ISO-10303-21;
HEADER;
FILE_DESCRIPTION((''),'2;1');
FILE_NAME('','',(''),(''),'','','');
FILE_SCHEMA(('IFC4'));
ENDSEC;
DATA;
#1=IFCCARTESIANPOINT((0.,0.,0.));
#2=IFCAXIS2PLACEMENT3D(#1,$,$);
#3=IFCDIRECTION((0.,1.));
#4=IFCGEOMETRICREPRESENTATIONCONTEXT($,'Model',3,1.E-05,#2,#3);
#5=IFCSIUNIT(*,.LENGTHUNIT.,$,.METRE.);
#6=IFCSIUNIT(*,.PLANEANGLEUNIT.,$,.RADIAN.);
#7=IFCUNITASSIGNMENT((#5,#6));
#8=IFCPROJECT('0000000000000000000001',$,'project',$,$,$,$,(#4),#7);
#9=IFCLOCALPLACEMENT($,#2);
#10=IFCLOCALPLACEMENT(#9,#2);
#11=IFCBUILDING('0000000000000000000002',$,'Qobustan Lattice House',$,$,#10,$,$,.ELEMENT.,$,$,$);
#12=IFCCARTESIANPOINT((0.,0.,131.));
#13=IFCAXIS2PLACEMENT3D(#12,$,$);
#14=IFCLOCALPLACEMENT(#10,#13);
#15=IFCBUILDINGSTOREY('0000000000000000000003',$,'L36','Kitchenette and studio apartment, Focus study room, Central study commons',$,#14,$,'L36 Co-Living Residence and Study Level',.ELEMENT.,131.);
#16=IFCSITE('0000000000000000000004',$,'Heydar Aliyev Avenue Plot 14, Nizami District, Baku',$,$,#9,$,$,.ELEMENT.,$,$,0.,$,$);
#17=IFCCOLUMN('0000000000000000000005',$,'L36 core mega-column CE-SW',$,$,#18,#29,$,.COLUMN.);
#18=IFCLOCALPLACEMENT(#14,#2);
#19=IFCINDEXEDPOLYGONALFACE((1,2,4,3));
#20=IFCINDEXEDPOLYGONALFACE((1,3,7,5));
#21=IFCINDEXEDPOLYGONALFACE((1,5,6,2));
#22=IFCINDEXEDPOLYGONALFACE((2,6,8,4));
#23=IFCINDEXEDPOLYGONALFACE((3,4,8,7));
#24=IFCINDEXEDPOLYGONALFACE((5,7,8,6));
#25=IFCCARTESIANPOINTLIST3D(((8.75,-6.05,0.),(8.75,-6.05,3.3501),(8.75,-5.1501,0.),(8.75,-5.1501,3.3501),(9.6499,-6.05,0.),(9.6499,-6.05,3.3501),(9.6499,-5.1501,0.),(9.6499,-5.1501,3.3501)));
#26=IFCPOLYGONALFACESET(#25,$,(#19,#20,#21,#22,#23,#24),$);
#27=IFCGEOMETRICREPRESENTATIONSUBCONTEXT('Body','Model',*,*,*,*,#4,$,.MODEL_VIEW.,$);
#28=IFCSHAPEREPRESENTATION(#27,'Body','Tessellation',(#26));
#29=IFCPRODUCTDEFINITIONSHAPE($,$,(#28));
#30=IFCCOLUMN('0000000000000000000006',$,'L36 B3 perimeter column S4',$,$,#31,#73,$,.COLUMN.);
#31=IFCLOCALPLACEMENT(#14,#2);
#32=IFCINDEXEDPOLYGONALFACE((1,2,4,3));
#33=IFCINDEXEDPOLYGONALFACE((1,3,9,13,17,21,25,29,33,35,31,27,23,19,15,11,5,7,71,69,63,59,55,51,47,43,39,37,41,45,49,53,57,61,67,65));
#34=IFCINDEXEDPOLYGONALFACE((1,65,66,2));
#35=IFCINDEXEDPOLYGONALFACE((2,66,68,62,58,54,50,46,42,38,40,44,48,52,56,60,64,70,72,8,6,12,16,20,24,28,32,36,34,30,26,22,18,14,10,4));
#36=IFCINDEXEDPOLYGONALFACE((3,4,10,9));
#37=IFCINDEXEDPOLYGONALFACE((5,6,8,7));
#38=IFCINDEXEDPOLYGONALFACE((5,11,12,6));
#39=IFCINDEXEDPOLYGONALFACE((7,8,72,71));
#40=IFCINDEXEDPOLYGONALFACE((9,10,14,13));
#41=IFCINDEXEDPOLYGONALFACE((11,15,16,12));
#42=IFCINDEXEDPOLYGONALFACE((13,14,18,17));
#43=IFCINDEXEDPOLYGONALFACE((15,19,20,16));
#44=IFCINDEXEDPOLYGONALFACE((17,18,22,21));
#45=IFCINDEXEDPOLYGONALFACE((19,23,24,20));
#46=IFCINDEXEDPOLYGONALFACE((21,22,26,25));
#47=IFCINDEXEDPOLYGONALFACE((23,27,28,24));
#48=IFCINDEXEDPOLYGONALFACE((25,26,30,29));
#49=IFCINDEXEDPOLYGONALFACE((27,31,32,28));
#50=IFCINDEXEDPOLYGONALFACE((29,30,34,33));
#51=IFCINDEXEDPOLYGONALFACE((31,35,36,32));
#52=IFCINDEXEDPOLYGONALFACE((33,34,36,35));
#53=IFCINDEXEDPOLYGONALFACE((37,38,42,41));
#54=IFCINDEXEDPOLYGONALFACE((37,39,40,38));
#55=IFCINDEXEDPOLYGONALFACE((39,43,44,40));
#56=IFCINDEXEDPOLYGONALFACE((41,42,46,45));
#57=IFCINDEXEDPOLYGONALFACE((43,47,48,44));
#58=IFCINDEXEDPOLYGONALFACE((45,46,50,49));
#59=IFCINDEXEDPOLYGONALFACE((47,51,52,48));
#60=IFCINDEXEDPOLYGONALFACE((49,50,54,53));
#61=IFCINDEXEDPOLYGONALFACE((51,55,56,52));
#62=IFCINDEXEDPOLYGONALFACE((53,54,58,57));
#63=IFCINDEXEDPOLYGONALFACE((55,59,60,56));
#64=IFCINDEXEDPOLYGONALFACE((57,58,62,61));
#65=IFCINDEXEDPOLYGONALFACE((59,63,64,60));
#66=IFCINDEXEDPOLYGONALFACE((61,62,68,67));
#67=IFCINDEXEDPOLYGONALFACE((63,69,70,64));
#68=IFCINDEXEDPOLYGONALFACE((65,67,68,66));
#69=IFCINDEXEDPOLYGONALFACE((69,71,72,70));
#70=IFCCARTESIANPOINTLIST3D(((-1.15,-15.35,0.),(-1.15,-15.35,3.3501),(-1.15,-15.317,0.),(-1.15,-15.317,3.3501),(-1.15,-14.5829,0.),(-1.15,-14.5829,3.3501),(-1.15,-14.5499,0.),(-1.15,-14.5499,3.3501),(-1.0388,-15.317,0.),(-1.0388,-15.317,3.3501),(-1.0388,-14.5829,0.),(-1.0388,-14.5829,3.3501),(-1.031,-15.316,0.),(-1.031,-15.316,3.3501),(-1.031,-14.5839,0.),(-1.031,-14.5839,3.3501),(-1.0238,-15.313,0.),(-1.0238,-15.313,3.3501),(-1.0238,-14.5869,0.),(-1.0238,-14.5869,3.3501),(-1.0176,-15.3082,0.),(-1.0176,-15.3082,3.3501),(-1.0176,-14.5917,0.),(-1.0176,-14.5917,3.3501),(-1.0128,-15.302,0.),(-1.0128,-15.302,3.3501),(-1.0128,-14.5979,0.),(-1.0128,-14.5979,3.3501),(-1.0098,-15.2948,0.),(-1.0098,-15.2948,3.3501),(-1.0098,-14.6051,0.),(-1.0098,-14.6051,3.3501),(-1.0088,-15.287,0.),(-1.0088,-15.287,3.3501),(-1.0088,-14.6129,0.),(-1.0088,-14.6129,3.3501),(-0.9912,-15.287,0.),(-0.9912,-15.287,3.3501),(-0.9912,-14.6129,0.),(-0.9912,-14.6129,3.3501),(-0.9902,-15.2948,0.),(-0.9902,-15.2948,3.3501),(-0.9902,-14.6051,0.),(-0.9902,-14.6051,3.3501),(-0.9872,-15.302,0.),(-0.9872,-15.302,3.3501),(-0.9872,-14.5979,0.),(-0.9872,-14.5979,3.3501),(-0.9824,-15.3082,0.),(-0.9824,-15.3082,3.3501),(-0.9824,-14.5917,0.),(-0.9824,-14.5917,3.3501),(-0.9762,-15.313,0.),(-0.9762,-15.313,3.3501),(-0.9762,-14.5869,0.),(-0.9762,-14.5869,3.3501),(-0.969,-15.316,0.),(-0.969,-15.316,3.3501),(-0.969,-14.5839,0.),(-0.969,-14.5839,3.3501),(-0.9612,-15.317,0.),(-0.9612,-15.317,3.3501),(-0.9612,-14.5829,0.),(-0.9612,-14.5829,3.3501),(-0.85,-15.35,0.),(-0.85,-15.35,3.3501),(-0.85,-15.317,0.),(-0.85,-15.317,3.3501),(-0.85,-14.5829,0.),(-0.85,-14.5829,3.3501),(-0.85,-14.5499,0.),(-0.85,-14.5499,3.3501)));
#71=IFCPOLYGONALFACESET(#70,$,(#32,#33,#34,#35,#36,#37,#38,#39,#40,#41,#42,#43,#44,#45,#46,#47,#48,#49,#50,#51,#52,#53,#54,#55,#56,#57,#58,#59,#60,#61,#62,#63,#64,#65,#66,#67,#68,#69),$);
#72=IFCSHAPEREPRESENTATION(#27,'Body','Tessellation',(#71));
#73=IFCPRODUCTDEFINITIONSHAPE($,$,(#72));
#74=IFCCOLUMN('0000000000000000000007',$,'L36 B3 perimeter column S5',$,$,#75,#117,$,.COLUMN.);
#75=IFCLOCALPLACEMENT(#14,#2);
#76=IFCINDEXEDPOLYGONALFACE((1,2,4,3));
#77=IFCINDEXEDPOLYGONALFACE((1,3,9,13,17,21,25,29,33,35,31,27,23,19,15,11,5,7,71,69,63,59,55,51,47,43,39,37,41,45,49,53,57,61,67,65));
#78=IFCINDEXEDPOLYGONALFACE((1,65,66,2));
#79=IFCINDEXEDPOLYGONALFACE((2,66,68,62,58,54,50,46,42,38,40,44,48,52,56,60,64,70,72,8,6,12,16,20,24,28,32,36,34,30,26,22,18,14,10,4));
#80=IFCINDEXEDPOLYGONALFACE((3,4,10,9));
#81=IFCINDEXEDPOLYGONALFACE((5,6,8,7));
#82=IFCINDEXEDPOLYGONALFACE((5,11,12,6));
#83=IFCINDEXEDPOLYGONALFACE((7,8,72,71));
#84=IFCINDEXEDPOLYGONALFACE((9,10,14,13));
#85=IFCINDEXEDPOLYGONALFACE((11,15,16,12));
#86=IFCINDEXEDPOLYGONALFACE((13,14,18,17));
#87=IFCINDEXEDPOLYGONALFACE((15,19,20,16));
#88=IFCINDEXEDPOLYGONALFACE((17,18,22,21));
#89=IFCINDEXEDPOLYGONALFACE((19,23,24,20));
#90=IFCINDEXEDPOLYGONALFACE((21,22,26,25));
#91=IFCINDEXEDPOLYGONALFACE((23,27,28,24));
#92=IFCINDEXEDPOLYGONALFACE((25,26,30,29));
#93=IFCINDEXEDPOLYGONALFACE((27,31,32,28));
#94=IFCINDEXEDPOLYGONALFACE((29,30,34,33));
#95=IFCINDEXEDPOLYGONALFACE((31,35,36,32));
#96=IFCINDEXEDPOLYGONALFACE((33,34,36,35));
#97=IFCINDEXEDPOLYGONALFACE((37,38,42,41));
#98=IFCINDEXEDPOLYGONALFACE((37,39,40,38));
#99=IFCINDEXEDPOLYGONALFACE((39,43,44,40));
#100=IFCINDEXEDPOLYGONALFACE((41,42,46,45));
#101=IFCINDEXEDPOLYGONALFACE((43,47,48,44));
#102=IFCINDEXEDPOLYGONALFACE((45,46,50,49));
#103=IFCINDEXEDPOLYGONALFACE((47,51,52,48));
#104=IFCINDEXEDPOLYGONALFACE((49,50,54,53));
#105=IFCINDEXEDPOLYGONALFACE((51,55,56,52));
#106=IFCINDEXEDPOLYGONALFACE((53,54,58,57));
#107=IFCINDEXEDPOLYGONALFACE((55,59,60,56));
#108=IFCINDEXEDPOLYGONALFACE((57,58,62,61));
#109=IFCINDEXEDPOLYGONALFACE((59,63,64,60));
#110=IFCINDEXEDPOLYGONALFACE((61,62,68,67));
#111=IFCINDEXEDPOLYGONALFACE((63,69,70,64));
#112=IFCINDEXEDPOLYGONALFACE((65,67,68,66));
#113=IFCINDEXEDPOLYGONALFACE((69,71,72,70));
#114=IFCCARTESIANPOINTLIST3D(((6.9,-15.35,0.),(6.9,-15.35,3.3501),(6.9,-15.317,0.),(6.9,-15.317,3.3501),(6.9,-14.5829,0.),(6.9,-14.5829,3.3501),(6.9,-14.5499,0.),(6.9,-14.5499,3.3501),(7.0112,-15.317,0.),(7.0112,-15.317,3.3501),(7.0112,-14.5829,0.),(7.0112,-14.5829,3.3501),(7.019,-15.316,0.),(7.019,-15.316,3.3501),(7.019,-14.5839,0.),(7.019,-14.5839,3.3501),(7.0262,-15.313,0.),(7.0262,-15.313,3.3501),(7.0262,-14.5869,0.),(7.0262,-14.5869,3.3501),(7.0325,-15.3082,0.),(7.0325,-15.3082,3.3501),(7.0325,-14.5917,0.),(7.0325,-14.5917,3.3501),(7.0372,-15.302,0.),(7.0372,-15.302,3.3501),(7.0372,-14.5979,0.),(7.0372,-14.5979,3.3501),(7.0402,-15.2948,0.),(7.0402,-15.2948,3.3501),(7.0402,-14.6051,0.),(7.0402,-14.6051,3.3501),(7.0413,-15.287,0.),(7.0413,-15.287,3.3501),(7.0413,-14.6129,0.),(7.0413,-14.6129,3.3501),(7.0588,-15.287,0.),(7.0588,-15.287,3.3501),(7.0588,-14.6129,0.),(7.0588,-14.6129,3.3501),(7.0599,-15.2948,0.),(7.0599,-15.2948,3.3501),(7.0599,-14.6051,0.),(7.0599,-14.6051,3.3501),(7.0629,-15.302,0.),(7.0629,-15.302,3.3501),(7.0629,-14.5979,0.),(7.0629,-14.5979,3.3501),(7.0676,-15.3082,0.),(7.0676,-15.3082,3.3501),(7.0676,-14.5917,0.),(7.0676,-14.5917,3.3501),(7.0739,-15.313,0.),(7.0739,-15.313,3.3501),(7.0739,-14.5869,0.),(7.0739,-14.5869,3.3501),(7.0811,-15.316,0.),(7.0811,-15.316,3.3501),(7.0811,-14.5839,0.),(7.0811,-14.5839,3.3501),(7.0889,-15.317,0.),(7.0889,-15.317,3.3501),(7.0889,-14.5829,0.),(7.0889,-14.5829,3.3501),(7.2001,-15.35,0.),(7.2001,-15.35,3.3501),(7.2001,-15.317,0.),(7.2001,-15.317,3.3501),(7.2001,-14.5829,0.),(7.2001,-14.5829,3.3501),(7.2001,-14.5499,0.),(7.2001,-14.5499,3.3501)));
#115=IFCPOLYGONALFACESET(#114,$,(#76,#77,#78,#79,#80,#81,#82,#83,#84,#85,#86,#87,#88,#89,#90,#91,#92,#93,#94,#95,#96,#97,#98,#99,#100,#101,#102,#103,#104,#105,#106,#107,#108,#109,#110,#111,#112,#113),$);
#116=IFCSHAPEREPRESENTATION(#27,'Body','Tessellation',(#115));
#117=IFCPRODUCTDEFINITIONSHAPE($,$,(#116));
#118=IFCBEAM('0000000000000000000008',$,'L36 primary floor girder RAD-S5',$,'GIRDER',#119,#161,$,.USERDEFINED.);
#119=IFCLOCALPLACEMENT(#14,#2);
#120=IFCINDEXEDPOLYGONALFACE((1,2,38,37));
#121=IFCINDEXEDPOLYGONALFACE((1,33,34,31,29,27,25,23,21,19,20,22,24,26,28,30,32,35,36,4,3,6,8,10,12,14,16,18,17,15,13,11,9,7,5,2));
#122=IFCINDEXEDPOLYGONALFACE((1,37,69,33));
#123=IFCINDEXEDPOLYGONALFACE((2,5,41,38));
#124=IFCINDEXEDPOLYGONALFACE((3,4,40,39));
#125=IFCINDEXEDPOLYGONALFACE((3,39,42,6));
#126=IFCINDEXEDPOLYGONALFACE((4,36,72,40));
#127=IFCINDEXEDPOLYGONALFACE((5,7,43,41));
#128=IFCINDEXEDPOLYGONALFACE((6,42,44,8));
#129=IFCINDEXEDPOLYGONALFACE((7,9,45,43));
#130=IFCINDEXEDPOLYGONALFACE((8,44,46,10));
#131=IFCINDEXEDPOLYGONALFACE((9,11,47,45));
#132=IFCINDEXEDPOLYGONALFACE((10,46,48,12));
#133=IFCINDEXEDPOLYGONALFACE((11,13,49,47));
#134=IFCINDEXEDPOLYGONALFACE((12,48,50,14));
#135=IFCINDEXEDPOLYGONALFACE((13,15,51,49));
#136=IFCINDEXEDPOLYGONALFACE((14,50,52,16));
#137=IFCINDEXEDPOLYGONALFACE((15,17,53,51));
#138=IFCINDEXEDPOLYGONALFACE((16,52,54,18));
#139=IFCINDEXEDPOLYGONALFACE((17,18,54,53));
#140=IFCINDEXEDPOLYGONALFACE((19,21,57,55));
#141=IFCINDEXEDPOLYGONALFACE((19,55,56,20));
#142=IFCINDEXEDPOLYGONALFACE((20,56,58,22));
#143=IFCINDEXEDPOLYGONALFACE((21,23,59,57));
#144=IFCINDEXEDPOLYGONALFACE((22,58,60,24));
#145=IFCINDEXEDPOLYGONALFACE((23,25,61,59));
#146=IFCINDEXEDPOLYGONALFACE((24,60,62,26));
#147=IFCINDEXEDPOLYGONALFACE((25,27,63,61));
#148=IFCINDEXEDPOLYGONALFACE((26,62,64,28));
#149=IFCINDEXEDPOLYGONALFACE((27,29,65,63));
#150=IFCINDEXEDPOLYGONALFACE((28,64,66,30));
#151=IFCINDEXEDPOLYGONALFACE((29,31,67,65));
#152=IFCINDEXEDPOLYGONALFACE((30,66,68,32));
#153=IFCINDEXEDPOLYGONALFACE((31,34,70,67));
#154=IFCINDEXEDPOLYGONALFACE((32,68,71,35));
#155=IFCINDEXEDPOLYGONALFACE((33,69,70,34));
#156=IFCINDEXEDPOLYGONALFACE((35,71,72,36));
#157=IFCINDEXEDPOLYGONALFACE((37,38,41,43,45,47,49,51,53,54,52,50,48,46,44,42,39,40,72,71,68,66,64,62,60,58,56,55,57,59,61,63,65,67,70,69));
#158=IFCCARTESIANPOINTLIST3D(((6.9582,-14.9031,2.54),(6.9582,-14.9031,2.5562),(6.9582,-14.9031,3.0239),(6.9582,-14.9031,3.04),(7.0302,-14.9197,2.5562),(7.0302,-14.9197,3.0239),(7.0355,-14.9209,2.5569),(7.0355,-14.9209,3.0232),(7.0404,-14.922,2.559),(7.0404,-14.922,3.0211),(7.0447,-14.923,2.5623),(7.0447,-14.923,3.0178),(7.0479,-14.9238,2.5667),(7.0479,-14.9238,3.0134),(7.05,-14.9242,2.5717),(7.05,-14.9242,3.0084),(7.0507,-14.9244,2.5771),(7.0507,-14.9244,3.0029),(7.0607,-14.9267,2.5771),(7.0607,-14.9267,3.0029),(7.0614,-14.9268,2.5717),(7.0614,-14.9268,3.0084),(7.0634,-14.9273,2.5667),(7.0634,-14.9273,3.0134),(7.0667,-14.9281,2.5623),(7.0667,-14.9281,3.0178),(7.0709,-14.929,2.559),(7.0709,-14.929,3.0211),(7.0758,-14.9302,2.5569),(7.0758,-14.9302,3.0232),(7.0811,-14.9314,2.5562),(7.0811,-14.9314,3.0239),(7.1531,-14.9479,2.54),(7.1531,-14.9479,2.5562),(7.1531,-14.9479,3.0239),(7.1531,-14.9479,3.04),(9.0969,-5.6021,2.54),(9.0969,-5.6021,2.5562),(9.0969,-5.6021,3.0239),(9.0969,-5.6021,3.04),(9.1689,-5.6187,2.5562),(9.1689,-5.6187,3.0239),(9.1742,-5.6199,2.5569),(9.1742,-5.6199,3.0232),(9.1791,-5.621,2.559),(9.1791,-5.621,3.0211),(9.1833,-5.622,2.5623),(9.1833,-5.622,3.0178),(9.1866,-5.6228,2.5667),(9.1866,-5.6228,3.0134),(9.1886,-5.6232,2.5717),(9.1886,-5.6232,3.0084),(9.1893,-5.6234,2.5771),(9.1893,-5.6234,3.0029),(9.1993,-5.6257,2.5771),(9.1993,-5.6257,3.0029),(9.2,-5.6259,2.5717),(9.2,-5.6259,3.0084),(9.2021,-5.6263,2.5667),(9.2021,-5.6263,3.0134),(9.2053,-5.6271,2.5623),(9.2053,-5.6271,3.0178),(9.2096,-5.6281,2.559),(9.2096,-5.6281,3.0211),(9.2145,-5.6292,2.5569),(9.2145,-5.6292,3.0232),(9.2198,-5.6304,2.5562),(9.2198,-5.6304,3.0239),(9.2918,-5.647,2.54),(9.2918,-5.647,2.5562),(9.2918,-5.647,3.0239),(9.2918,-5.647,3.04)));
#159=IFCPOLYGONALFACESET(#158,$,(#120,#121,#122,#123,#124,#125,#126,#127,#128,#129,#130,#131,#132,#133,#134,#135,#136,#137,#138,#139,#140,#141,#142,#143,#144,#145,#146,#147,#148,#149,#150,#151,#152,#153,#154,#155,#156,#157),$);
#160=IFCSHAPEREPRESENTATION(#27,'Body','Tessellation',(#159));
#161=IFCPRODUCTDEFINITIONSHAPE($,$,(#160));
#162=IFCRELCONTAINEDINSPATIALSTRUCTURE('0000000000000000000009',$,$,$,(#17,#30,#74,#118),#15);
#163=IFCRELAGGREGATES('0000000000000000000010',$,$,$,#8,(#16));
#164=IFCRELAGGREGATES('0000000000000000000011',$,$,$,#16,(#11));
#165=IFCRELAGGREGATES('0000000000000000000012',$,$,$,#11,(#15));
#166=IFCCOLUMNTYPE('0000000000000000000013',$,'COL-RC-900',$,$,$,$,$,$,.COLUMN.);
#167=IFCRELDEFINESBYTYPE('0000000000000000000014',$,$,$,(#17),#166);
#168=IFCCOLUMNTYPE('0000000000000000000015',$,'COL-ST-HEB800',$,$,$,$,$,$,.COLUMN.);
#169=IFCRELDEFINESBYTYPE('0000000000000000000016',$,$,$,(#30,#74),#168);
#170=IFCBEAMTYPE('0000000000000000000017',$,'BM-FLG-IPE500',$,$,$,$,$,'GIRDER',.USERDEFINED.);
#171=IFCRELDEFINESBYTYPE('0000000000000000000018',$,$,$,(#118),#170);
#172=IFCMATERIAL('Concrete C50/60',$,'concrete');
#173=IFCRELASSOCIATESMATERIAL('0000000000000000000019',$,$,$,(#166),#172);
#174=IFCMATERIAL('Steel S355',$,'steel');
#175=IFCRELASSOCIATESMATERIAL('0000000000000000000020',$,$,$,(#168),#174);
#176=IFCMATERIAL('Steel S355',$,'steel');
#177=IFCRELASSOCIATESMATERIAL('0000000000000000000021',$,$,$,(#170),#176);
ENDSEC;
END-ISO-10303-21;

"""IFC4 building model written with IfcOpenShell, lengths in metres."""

from ifc_helpers import new_model, si_unit, direction, frame, origin, origin_2d, place, context, subcontext, project, spatial, rectangle, i_section, extrude, material, material_profile, profile_set, type_object, element, save


model = new_model("IFC4")

# Units and contexts
model_context = context("Model", 3, precision=1e-05, world=origin(), true_north=direction((0.0, 1.0)))
body_context = subcontext(model_context, "Body", "Model", "MODEL_VIEW")
ifc_project = project(units=[si_unit("LENGTHUNIT", "METRE"), si_unit("PLANEANGLEUNIT", "RADIAN")], contexts=[model_context])

# Site, building, storey
site_placement = place(None, origin())
site = spatial("IfcSite", under=ifc_project, at=site_placement, Name="Heydar Aliyev Avenue Plot 14, Nizami District, Baku", CompositionType="ELEMENT", RefElevation=0.0)
building_placement = place(site_placement, origin())
building = spatial("IfcBuilding", under=site, at=building_placement, Name="Qobustan Lattice House", CompositionType="ELEMENT")
storey_placement = place(building_placement, frame((0.0, 0.0, 131.0)))
storey = spatial("IfcBuildingStorey", under=building, at=storey_placement, Name="L36", Description="Kitchenette and studio apartment, Focus study room, Central study commons", LongName="L36 Co-Living Residence and Study Level", CompositionType="ELEMENT", Elevation=131.0)

# Columns
ifc_material_1 = material(Name="Concrete C50/60", Category="concrete")
ifc_material_profile_1 = material_profile(ifc_material_1, rectangle(XDim=0.8999, YDim=0.8999, at=origin_2d()), Name="RC900x900")
ifc_profile_set_1 = profile_set([ifc_material_profile_1], Name="Concrete C50/60")
column_type_1 = type_object("IfcColumnType", Name="COL-RC-900", PredefinedType="COLUMN", material=ifc_profile_set_1)
column_placement = place(storey_placement, frame((9.2, -5.6001, 0.0), z_axis=(0.0, 0.0, 1.0), x_axis=(1.0, 0.0, 0.0)))
element("IfcColumn", 1, at=column_placement, inside=storey, type_object=column_type_1, Name="L36 core mega-column CE-SW", PredefinedType="COLUMN", context=body_context, shape_type="SweptSolid", body=[
    extrude(rectangle(XDim=0.8999, YDim=0.8999, at=origin_2d()), origin(), (0.0, 0.0, 1.0), 3.3501),
])
ifc_material_2 = material(Name="Steel S355", Category="steel")
ifc_material_profile_2 = material_profile(ifc_material_2, i_section(OverallWidth=0.3, OverallDepth=0.8, WebThickness=0.0176, FlangeThickness=0.033, FilletRadius=0.03, at=origin_2d()), Name="HEB800")
ifc_profile_set_2 = profile_set([ifc_material_profile_2], Name="Steel S355")
column_type_2 = type_object("IfcColumnType", Name="COL-ST-HEB800", PredefinedType="COLUMN", material=ifc_profile_set_2)
for number, where, z_axis, x_axis, name in (
    (2, (-1.0, -14.95, 0.0), (0.0, 0.0, 1.0), (1.0, 0.0, 0.0), "L36 B3 perimeter column S4"),
    (3, (7.05, -14.95, 0.0), (0.0, 0.0, 1.0), (1.0, 0.0, 0.0), "L36 B3 perimeter column S5"),
):
    element("IfcColumn", number, at=place(storey_placement, frame(where, z_axis=z_axis, x_axis=x_axis)), inside=storey, type_object=column_type_2, Name=name, PredefinedType="COLUMN", context=body_context, shape_type="SweptSolid", body=[
        extrude(i_section(OverallWidth=0.3, OverallDepth=0.8, WebThickness=0.0176, FlangeThickness=0.033, FilletRadius=0.03, at=origin_2d()), origin(), (0.0, 0.0, 1.0), 3.3501),
    ])

# Beam
ifc_material_3 = material(Name="Steel S355", Category="steel")
ifc_material_profile_3 = material_profile(ifc_material_3, i_section(OverallWidth=0.2, OverallDepth=0.5, WebThickness=0.0103, FlangeThickness=0.0161, FilletRadius=0.021, at=origin_2d()), Name="IPE500")
ifc_profile_set_3 = profile_set([ifc_material_profile_3], Name="Steel S355")
beam_type_1 = type_object("IfcBeamType", Name="BM-FLG-IPE500", ElementType="GIRDER", PredefinedType="USERDEFINED", material=ifc_profile_set_3)
beam_placement = place(storey_placement, frame((7.0557, -14.9255, 2.79), z_axis=(0.224092, 0.974568, 0.0), x_axis=(-0.974568, 0.224092, 0.0)))
element("IfcBeam", 4, at=beam_placement, inside=storey, type_object=beam_type_1, Name="L36 primary floor girder RAD-S5", ObjectType="GIRDER", PredefinedType="USERDEFINED", context=body_context, shape_type="SweptSolid", body=[
    extrude(i_section(OverallWidth=0.2, OverallDepth=0.5, WebThickness=0.0103, FlangeThickness=0.0161, FilletRadius=0.021, at=origin_2d()), origin(), (0.0, 0.0, 1.0), 9.5437),
])

save(model, "model.ifc")
